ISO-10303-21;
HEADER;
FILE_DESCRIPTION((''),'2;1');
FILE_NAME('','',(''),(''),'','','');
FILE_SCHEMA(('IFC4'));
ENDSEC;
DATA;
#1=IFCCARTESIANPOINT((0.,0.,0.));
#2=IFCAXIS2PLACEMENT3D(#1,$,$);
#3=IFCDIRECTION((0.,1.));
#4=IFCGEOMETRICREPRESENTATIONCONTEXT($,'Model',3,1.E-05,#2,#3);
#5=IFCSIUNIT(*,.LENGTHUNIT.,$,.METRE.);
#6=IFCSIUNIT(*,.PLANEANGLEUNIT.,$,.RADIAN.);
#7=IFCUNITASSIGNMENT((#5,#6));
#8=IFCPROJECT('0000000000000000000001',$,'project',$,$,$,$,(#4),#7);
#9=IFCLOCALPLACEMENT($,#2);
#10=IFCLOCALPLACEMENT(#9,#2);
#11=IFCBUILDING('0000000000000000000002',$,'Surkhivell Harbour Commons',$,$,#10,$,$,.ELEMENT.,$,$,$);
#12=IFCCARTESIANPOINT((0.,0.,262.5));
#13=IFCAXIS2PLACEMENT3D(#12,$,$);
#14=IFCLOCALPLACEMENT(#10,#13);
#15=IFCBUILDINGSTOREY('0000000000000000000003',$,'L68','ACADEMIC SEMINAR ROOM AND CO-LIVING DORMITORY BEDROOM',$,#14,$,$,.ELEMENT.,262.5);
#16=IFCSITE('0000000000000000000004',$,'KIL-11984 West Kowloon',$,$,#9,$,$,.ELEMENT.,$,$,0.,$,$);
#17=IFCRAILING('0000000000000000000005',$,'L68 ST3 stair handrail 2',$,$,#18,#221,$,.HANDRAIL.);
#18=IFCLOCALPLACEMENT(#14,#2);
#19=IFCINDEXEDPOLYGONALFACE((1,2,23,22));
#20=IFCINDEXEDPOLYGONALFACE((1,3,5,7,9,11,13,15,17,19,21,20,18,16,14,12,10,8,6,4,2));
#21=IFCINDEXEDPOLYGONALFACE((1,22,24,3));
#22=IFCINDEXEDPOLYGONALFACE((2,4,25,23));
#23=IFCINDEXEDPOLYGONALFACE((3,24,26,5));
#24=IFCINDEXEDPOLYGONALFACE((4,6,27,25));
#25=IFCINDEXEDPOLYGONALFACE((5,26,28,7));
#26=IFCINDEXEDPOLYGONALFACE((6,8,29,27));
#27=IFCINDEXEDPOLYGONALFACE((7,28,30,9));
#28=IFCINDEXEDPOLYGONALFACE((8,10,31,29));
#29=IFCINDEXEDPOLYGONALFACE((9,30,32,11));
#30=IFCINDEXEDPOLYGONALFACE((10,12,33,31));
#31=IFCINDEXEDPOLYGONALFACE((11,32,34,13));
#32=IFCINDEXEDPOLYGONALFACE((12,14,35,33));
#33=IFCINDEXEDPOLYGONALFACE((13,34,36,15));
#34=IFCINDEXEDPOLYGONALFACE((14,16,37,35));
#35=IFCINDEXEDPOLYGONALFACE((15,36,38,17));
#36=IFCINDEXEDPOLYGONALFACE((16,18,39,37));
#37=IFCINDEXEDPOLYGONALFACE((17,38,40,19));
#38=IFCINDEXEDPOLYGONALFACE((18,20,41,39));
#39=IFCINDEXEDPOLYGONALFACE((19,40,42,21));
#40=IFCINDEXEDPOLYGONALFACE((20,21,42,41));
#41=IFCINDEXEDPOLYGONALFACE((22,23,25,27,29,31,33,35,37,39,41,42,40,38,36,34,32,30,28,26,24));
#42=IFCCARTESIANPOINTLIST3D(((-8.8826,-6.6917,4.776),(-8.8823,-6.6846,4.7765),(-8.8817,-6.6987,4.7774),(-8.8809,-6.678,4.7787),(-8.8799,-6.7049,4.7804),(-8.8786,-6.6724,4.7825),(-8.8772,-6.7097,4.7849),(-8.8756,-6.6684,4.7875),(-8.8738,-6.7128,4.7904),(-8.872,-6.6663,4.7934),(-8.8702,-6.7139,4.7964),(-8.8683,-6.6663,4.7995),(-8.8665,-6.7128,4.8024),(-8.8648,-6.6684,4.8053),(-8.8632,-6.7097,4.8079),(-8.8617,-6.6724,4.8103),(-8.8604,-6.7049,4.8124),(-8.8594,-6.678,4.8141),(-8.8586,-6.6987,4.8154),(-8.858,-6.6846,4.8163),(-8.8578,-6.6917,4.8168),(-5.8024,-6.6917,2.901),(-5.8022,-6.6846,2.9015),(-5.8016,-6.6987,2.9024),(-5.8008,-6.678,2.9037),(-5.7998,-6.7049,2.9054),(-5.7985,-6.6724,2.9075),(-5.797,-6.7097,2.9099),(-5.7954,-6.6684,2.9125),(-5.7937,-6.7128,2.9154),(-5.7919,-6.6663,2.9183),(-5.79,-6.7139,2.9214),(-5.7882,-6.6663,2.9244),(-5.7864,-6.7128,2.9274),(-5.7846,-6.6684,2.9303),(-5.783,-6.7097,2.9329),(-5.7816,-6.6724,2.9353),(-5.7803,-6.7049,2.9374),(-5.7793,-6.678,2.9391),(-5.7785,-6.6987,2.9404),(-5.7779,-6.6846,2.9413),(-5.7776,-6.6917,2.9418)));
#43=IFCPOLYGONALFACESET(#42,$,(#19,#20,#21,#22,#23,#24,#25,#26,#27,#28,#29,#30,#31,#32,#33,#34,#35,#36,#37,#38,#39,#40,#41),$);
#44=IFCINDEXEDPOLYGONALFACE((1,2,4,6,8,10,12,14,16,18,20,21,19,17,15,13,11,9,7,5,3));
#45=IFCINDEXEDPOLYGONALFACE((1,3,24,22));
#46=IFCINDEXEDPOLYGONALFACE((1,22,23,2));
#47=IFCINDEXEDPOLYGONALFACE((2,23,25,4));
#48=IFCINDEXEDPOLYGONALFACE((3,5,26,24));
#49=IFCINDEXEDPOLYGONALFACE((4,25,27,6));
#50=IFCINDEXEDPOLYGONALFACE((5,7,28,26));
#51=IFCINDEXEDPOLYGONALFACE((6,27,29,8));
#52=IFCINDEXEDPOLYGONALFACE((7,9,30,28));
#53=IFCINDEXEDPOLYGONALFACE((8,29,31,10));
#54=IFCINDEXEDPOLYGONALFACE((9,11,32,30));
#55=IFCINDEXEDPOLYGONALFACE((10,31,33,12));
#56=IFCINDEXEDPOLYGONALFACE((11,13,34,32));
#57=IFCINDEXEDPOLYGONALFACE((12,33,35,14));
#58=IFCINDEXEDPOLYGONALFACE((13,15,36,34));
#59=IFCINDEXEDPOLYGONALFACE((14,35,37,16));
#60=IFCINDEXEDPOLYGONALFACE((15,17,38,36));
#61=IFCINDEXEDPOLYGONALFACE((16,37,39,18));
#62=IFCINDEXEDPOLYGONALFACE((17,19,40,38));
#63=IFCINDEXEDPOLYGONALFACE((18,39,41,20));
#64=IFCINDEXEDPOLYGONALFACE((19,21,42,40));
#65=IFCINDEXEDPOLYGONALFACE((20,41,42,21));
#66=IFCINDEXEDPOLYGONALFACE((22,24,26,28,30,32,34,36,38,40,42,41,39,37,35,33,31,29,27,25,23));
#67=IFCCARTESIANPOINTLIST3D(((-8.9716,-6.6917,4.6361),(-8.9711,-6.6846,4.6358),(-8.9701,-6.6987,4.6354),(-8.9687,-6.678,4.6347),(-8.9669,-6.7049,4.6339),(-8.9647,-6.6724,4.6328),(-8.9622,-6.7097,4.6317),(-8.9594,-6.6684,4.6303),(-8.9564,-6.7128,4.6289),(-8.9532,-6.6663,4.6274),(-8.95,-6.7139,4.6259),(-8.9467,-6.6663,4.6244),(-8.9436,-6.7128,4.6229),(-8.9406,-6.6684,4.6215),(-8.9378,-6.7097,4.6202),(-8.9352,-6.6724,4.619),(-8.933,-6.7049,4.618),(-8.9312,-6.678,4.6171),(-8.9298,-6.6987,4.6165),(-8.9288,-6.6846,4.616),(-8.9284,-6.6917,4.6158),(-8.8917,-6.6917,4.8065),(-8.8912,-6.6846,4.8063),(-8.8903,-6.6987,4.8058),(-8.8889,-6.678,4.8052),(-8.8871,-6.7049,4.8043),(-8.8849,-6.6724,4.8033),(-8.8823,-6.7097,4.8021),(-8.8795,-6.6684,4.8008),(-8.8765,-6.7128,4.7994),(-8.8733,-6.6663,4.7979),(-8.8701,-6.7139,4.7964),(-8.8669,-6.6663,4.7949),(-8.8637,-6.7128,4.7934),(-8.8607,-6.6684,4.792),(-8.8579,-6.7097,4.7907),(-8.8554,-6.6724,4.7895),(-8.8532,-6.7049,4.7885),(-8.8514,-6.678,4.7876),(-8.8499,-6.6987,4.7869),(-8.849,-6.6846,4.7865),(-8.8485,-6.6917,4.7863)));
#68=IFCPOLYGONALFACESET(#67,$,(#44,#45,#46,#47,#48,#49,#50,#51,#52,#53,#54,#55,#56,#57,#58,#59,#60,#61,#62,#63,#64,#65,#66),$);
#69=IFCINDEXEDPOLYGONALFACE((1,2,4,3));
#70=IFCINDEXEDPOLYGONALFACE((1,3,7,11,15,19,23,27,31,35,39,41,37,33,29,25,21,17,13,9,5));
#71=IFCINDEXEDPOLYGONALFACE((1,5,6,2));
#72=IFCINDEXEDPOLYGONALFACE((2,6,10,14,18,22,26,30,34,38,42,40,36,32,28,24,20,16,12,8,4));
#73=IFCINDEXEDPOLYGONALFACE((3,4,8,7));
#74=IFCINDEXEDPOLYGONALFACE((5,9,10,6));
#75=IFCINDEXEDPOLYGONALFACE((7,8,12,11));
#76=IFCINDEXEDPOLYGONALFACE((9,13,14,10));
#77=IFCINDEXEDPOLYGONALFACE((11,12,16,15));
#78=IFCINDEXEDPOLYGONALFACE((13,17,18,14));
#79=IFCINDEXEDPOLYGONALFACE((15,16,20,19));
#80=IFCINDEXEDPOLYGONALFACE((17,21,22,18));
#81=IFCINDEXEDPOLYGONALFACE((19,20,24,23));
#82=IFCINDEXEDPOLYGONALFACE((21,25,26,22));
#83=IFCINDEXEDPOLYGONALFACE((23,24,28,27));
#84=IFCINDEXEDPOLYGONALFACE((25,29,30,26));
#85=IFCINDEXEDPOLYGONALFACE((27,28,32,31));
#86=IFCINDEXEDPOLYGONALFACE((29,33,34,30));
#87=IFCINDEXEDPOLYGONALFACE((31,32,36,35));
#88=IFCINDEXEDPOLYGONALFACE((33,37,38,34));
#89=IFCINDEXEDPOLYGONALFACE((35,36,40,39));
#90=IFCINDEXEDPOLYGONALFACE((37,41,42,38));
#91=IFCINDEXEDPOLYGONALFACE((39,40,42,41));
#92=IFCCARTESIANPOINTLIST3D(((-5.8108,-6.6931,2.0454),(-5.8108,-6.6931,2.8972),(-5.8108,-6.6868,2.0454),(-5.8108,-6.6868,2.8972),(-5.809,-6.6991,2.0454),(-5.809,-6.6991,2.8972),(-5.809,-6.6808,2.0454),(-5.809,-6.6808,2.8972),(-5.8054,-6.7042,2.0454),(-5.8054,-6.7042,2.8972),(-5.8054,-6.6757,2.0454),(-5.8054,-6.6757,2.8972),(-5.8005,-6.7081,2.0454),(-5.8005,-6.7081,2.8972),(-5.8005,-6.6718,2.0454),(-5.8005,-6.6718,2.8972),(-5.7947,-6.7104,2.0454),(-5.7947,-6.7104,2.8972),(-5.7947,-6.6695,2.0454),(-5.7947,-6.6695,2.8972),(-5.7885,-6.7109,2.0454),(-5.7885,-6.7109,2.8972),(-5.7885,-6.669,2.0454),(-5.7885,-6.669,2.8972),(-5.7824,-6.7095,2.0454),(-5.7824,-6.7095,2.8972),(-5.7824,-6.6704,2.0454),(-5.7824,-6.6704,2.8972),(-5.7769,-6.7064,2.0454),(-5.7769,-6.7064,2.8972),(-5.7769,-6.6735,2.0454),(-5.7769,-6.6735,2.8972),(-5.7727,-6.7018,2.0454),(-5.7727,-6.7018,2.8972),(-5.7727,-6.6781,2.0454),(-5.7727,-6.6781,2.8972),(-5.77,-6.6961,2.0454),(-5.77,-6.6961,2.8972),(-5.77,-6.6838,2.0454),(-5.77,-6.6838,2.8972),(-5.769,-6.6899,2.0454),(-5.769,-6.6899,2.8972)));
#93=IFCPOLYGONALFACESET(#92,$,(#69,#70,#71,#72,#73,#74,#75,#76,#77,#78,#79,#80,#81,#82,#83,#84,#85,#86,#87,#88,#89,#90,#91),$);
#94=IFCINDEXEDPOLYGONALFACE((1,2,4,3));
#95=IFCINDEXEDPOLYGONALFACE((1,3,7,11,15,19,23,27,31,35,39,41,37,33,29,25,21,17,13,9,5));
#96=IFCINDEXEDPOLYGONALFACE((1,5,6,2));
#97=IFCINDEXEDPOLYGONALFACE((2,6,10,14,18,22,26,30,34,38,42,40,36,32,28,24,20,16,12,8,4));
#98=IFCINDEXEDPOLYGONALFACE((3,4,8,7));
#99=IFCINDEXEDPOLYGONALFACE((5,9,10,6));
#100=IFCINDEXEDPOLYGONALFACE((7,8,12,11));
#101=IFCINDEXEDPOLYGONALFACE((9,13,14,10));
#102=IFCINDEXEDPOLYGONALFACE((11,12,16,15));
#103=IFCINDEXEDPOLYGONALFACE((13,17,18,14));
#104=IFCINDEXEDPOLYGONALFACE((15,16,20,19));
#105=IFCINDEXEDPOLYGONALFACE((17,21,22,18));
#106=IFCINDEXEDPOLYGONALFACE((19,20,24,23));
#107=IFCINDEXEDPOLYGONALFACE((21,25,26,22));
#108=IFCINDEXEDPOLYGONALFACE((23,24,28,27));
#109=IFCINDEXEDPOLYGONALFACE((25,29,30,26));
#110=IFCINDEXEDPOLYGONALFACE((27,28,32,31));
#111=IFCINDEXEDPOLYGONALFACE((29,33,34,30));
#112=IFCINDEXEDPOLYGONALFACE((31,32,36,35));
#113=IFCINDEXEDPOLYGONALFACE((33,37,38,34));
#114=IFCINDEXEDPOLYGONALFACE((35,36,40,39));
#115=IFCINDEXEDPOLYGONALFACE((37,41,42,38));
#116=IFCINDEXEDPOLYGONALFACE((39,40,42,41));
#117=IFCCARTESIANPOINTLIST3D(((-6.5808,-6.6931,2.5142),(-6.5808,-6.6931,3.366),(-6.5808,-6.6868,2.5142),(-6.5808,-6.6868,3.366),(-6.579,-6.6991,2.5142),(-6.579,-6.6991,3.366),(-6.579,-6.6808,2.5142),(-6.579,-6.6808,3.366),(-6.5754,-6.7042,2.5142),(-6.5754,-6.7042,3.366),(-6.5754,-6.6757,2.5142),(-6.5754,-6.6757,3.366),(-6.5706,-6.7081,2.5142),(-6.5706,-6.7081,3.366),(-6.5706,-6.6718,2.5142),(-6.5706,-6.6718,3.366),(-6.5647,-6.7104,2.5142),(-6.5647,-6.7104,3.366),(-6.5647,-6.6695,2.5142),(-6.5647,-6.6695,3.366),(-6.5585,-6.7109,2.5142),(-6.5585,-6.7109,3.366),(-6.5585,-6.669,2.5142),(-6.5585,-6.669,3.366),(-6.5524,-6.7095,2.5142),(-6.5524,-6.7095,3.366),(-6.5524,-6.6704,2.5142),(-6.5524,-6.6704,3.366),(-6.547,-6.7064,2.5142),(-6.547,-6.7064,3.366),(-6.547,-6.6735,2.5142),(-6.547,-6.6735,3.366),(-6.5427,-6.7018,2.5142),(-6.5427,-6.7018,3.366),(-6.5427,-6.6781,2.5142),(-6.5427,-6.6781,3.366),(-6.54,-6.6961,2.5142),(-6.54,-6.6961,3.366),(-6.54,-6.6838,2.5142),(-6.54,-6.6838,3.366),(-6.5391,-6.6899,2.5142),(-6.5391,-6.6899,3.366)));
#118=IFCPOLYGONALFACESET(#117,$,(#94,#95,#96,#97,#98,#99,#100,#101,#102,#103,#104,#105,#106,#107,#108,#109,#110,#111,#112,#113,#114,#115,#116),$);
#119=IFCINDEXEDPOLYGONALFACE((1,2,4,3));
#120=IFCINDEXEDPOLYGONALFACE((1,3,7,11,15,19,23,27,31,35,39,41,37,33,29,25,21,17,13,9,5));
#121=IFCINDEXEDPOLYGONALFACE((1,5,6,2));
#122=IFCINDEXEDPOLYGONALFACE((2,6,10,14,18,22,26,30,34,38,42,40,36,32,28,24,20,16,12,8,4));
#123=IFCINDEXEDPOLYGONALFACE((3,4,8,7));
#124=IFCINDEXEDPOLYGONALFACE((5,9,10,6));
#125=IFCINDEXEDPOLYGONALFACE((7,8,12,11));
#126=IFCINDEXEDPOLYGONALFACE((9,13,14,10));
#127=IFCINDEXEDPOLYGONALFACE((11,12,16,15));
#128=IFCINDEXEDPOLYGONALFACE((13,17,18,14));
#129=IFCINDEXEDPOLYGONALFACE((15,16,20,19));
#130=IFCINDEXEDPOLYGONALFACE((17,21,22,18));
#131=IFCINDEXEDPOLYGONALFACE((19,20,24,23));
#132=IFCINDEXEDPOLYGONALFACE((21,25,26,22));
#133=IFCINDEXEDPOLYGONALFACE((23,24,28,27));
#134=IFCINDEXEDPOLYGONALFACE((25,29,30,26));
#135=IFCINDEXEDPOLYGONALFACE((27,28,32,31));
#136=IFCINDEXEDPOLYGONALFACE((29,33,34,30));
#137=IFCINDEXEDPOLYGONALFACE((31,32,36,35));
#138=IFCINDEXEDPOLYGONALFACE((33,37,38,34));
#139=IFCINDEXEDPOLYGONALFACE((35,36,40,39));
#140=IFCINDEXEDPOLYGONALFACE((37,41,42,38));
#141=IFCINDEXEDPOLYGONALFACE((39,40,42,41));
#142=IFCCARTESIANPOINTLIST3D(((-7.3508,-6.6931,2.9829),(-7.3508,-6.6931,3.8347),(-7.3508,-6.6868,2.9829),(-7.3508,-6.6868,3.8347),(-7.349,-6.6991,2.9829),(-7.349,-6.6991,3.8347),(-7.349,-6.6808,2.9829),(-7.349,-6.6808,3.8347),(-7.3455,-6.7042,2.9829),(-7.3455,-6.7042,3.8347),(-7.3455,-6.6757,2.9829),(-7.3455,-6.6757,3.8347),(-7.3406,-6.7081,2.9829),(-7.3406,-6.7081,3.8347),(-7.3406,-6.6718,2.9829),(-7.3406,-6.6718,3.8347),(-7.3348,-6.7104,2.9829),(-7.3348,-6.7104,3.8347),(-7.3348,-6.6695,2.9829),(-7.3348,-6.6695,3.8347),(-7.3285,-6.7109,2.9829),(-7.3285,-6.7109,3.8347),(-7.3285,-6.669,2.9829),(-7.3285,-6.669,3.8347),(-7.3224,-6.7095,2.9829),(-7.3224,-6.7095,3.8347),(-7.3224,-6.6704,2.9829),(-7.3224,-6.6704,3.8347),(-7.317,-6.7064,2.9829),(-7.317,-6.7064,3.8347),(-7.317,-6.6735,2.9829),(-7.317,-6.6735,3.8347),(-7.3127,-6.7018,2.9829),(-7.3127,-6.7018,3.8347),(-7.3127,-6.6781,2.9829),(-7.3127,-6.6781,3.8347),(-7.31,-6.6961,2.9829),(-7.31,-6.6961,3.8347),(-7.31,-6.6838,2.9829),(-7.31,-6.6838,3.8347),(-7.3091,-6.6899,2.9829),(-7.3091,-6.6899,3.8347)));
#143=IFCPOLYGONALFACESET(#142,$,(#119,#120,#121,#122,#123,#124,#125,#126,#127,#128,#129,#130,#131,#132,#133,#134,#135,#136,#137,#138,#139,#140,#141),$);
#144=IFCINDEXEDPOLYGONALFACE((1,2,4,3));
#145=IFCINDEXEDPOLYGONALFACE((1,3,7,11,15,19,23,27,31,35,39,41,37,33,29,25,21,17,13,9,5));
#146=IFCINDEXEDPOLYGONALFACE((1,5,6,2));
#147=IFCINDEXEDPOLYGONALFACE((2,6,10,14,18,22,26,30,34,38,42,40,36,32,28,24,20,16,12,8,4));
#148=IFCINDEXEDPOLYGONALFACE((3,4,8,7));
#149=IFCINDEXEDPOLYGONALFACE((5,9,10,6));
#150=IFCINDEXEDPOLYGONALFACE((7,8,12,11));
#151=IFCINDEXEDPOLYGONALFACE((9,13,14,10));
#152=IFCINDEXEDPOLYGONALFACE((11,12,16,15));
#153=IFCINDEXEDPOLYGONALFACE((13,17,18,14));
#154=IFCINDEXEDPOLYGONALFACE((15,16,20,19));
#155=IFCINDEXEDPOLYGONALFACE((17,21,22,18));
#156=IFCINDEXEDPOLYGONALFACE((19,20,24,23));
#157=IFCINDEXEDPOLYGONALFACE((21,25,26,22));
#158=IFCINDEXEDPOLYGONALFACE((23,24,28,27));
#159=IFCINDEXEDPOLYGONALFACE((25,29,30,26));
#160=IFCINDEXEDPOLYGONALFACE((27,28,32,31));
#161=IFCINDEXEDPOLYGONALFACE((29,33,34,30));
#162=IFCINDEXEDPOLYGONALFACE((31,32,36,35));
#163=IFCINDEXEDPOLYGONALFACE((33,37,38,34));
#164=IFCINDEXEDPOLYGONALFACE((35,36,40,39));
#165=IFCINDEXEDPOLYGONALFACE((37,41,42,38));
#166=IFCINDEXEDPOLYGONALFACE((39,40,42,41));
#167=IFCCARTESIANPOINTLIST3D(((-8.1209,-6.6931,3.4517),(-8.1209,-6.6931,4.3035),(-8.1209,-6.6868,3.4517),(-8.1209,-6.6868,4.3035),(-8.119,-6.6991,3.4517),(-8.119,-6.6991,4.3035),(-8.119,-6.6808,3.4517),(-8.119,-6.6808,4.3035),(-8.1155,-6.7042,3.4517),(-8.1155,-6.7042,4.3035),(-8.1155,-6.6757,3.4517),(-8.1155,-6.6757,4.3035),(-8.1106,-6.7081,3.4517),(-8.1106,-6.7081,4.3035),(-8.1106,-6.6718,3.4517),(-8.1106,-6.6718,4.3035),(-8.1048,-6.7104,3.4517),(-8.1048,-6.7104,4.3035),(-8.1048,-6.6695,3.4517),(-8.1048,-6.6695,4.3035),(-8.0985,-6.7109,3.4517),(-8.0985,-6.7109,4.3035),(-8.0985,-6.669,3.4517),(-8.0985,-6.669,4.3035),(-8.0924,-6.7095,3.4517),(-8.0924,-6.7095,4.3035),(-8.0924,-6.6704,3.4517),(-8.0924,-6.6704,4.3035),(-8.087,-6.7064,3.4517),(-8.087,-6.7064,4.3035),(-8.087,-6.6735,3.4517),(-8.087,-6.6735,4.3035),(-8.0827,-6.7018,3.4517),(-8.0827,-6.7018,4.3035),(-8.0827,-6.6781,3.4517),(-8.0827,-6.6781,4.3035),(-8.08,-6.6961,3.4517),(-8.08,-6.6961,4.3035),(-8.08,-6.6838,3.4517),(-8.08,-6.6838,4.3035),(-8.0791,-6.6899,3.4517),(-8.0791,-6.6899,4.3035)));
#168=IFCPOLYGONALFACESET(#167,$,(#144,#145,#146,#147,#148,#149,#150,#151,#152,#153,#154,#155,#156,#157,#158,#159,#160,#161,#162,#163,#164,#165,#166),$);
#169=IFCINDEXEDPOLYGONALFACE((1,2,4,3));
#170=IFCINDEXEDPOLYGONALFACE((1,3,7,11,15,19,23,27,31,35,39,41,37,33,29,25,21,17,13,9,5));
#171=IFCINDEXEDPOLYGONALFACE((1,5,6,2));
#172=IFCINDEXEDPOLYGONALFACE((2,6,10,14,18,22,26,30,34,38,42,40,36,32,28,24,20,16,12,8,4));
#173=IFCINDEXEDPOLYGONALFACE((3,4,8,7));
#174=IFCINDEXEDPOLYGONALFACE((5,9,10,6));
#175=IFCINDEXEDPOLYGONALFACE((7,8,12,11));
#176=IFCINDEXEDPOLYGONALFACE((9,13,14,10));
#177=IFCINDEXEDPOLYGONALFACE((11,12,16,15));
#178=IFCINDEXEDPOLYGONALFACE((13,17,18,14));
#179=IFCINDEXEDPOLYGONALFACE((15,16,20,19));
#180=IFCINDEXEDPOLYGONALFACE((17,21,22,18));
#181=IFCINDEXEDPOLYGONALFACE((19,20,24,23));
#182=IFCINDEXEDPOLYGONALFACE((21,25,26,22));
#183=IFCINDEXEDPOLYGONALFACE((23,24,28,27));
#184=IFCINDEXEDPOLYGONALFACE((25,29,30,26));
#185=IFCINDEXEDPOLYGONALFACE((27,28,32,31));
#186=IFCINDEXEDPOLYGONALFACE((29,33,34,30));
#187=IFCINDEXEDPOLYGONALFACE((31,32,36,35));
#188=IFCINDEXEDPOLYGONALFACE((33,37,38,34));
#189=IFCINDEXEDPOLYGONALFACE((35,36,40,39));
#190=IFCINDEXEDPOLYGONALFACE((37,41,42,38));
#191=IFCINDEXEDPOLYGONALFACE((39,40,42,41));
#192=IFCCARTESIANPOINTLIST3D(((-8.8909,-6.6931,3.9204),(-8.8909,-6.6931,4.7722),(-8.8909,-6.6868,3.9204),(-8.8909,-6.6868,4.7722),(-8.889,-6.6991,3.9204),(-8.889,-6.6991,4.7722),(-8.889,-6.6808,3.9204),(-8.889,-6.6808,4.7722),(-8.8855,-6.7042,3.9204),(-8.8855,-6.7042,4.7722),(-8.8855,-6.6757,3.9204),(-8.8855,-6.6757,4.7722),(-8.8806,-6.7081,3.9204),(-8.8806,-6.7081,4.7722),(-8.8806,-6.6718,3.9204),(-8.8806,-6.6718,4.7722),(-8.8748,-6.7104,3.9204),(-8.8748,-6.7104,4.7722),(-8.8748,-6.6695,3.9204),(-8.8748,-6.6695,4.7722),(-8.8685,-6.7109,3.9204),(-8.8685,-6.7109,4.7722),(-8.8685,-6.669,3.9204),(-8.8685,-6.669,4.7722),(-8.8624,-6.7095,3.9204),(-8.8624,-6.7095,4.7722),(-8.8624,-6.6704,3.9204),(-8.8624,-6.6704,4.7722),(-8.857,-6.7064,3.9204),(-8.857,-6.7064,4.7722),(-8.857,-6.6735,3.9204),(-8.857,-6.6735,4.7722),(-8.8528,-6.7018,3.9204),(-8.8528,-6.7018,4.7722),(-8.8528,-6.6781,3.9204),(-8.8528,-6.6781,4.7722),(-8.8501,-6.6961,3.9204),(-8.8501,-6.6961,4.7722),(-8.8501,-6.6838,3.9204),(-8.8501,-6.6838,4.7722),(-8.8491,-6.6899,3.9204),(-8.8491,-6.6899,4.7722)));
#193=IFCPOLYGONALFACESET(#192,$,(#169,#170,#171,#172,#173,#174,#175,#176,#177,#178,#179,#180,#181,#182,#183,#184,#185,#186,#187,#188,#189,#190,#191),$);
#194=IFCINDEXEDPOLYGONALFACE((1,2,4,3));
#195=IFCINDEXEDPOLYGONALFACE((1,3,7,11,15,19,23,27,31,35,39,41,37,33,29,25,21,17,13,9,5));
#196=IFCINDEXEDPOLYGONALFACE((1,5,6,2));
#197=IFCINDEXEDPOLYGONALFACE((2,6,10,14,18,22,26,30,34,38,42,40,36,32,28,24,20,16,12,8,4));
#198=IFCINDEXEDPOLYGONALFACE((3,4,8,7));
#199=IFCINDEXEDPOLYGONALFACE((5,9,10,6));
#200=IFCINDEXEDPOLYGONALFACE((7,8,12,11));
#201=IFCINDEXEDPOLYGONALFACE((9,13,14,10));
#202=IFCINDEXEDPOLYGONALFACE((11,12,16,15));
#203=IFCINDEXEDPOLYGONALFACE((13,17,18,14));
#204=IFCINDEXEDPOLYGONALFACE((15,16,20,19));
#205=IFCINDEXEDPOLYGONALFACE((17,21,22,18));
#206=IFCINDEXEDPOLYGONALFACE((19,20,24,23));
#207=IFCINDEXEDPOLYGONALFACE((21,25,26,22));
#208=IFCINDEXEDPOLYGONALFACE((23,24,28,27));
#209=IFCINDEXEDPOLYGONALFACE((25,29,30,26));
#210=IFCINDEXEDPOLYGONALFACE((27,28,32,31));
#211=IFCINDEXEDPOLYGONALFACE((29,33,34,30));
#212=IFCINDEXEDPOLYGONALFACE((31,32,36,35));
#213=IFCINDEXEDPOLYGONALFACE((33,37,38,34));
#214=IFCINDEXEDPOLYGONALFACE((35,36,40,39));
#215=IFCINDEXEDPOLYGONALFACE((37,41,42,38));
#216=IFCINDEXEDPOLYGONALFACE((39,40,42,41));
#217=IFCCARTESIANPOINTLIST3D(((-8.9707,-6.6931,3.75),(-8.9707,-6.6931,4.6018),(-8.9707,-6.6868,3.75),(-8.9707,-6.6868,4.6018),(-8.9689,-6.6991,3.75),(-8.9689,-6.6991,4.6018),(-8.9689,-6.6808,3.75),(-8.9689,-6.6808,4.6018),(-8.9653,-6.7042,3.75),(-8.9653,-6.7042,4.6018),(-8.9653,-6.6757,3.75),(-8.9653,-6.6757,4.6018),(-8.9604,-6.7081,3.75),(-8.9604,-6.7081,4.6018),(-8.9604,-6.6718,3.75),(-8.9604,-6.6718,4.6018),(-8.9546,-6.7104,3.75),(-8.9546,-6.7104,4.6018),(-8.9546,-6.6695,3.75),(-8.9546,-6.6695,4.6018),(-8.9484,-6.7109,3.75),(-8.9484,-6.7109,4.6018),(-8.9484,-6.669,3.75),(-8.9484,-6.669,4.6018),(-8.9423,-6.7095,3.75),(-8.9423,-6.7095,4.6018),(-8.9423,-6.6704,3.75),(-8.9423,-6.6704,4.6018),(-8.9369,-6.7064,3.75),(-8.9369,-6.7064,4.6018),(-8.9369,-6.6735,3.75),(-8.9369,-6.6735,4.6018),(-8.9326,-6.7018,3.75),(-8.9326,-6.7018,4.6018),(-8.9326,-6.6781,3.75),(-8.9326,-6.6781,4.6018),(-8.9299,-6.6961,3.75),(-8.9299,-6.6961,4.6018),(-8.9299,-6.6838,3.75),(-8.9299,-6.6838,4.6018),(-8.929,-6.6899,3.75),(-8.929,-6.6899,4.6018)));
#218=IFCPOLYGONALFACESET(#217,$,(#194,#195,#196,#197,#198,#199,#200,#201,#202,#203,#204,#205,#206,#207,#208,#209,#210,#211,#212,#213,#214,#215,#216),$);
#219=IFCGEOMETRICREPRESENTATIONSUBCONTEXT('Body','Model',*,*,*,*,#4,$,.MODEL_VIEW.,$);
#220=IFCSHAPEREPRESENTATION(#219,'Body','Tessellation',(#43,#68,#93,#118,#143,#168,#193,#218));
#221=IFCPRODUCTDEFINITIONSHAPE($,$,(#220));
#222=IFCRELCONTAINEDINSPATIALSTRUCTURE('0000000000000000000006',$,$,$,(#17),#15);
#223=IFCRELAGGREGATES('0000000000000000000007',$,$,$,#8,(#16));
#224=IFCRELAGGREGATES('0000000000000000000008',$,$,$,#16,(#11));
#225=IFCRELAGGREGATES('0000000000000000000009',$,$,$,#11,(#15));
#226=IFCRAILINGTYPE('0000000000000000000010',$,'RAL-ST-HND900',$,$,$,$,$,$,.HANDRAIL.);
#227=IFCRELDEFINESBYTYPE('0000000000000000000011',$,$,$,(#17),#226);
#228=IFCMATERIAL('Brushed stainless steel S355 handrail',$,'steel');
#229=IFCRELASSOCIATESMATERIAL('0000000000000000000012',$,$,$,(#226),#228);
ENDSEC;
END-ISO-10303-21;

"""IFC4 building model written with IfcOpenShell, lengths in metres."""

from ifc_helpers import new_model, si_unit, direction, frame, origin, origin_2d, place, context, subcontext, project, spatial, circle, extrude, material, type_object, element, save


model = new_model("IFC4")

# Units and contexts
model_context = context("Model", 3, precision=1e-05, world=origin(), true_north=direction((0.0, 1.0)))
body_context = subcontext(model_context, "Body", "Model", "MODEL_VIEW")
ifc_project = project(units=[si_unit("LENGTHUNIT", "METRE"), si_unit("PLANEANGLEUNIT", "RADIAN")], contexts=[model_context])

# Site, building, storey
site_placement = place(None, origin())
site = spatial("IfcSite", under=ifc_project, at=site_placement, Name="KIL-11984 West Kowloon", CompositionType="ELEMENT", RefElevation=0.0)
building_placement = place(site_placement, origin())
building = spatial("IfcBuilding", under=site, at=building_placement, Name="Surkhivell Harbour Commons", CompositionType="ELEMENT")
storey_placement = place(building_placement, frame((0.0, 0.0, 262.5)))
storey = spatial("IfcBuildingStorey", under=building, at=storey_placement, Name="L68", Description="ACADEMIC SEMINAR ROOM AND CO-LIVING DORMITORY BEDROOM", CompositionType="ELEMENT", Elevation=262.5)

# Railing
ifc_material_1 = material(Name="Brushed stainless steel S355 handrail", Category="steel")
railing_type = type_object("IfcRailingType", Name="RAL-ST-HND900", PredefinedType="HANDRAIL", material=ifc_material_1)
railing_placement = place(storey_placement, frame((-5.79, -6.6899, 2.0454)))
element("IfcRailing", 1, at=railing_placement, inside=storey, type_object=railing_type, Name="L68 ST3 stair handrail 2", PredefinedType="HANDRAIL", context=body_context, shape_type="SweptSolid", body=[
    extrude(circle(Radius=0.0239, at=origin_2d()), frame((0.0, 0.0, 0.876), z_axis=(-0.854178, 0.0, 0.519981), x_axis=(0.0, -1.0, 0.0)), (0.0, 0.0, 1.0), 3.606),
    extrude(circle(Radius=0.0239, at=origin_2d()), frame((-3.0801, 0.0, 2.751), z_axis=(-0.424234, 0.0, -0.905552), x_axis=(0.0, -1.0, 0.0)), (0.0, 0.0, 1.0), 0.1882),
    extrude(circle(Radius=0.021, at=origin_2d()), origin(), (0.0, 0.0, 1.0), 0.8518),
    extrude(circle(Radius=0.021, at=origin_2d()), frame((-0.77, 0.0, 0.4688)), (0.0, 0.0, 1.0), 0.8518),
    extrude(circle(Radius=0.021, at=origin_2d()), frame((-1.54, 0.0, 0.9375)), (0.0, 0.0, 1.0), 0.8518),
    extrude(circle(Radius=0.021, at=origin_2d()), frame((-2.3101, 0.0, 1.4062)), (0.0, 0.0, 1.0), 0.8518),
    extrude(circle(Radius=0.021, at=origin_2d()), frame((-3.0801, 0.0, 1.875)), (0.0, 0.0, 1.0), 0.8518),
    extrude(circle(Radius=0.021, at=origin_2d()), frame((-3.1599, 0.0, 1.7046)), (0.0, 0.0, 1.0), 0.8518),
])

save(model, "model.ifc")
